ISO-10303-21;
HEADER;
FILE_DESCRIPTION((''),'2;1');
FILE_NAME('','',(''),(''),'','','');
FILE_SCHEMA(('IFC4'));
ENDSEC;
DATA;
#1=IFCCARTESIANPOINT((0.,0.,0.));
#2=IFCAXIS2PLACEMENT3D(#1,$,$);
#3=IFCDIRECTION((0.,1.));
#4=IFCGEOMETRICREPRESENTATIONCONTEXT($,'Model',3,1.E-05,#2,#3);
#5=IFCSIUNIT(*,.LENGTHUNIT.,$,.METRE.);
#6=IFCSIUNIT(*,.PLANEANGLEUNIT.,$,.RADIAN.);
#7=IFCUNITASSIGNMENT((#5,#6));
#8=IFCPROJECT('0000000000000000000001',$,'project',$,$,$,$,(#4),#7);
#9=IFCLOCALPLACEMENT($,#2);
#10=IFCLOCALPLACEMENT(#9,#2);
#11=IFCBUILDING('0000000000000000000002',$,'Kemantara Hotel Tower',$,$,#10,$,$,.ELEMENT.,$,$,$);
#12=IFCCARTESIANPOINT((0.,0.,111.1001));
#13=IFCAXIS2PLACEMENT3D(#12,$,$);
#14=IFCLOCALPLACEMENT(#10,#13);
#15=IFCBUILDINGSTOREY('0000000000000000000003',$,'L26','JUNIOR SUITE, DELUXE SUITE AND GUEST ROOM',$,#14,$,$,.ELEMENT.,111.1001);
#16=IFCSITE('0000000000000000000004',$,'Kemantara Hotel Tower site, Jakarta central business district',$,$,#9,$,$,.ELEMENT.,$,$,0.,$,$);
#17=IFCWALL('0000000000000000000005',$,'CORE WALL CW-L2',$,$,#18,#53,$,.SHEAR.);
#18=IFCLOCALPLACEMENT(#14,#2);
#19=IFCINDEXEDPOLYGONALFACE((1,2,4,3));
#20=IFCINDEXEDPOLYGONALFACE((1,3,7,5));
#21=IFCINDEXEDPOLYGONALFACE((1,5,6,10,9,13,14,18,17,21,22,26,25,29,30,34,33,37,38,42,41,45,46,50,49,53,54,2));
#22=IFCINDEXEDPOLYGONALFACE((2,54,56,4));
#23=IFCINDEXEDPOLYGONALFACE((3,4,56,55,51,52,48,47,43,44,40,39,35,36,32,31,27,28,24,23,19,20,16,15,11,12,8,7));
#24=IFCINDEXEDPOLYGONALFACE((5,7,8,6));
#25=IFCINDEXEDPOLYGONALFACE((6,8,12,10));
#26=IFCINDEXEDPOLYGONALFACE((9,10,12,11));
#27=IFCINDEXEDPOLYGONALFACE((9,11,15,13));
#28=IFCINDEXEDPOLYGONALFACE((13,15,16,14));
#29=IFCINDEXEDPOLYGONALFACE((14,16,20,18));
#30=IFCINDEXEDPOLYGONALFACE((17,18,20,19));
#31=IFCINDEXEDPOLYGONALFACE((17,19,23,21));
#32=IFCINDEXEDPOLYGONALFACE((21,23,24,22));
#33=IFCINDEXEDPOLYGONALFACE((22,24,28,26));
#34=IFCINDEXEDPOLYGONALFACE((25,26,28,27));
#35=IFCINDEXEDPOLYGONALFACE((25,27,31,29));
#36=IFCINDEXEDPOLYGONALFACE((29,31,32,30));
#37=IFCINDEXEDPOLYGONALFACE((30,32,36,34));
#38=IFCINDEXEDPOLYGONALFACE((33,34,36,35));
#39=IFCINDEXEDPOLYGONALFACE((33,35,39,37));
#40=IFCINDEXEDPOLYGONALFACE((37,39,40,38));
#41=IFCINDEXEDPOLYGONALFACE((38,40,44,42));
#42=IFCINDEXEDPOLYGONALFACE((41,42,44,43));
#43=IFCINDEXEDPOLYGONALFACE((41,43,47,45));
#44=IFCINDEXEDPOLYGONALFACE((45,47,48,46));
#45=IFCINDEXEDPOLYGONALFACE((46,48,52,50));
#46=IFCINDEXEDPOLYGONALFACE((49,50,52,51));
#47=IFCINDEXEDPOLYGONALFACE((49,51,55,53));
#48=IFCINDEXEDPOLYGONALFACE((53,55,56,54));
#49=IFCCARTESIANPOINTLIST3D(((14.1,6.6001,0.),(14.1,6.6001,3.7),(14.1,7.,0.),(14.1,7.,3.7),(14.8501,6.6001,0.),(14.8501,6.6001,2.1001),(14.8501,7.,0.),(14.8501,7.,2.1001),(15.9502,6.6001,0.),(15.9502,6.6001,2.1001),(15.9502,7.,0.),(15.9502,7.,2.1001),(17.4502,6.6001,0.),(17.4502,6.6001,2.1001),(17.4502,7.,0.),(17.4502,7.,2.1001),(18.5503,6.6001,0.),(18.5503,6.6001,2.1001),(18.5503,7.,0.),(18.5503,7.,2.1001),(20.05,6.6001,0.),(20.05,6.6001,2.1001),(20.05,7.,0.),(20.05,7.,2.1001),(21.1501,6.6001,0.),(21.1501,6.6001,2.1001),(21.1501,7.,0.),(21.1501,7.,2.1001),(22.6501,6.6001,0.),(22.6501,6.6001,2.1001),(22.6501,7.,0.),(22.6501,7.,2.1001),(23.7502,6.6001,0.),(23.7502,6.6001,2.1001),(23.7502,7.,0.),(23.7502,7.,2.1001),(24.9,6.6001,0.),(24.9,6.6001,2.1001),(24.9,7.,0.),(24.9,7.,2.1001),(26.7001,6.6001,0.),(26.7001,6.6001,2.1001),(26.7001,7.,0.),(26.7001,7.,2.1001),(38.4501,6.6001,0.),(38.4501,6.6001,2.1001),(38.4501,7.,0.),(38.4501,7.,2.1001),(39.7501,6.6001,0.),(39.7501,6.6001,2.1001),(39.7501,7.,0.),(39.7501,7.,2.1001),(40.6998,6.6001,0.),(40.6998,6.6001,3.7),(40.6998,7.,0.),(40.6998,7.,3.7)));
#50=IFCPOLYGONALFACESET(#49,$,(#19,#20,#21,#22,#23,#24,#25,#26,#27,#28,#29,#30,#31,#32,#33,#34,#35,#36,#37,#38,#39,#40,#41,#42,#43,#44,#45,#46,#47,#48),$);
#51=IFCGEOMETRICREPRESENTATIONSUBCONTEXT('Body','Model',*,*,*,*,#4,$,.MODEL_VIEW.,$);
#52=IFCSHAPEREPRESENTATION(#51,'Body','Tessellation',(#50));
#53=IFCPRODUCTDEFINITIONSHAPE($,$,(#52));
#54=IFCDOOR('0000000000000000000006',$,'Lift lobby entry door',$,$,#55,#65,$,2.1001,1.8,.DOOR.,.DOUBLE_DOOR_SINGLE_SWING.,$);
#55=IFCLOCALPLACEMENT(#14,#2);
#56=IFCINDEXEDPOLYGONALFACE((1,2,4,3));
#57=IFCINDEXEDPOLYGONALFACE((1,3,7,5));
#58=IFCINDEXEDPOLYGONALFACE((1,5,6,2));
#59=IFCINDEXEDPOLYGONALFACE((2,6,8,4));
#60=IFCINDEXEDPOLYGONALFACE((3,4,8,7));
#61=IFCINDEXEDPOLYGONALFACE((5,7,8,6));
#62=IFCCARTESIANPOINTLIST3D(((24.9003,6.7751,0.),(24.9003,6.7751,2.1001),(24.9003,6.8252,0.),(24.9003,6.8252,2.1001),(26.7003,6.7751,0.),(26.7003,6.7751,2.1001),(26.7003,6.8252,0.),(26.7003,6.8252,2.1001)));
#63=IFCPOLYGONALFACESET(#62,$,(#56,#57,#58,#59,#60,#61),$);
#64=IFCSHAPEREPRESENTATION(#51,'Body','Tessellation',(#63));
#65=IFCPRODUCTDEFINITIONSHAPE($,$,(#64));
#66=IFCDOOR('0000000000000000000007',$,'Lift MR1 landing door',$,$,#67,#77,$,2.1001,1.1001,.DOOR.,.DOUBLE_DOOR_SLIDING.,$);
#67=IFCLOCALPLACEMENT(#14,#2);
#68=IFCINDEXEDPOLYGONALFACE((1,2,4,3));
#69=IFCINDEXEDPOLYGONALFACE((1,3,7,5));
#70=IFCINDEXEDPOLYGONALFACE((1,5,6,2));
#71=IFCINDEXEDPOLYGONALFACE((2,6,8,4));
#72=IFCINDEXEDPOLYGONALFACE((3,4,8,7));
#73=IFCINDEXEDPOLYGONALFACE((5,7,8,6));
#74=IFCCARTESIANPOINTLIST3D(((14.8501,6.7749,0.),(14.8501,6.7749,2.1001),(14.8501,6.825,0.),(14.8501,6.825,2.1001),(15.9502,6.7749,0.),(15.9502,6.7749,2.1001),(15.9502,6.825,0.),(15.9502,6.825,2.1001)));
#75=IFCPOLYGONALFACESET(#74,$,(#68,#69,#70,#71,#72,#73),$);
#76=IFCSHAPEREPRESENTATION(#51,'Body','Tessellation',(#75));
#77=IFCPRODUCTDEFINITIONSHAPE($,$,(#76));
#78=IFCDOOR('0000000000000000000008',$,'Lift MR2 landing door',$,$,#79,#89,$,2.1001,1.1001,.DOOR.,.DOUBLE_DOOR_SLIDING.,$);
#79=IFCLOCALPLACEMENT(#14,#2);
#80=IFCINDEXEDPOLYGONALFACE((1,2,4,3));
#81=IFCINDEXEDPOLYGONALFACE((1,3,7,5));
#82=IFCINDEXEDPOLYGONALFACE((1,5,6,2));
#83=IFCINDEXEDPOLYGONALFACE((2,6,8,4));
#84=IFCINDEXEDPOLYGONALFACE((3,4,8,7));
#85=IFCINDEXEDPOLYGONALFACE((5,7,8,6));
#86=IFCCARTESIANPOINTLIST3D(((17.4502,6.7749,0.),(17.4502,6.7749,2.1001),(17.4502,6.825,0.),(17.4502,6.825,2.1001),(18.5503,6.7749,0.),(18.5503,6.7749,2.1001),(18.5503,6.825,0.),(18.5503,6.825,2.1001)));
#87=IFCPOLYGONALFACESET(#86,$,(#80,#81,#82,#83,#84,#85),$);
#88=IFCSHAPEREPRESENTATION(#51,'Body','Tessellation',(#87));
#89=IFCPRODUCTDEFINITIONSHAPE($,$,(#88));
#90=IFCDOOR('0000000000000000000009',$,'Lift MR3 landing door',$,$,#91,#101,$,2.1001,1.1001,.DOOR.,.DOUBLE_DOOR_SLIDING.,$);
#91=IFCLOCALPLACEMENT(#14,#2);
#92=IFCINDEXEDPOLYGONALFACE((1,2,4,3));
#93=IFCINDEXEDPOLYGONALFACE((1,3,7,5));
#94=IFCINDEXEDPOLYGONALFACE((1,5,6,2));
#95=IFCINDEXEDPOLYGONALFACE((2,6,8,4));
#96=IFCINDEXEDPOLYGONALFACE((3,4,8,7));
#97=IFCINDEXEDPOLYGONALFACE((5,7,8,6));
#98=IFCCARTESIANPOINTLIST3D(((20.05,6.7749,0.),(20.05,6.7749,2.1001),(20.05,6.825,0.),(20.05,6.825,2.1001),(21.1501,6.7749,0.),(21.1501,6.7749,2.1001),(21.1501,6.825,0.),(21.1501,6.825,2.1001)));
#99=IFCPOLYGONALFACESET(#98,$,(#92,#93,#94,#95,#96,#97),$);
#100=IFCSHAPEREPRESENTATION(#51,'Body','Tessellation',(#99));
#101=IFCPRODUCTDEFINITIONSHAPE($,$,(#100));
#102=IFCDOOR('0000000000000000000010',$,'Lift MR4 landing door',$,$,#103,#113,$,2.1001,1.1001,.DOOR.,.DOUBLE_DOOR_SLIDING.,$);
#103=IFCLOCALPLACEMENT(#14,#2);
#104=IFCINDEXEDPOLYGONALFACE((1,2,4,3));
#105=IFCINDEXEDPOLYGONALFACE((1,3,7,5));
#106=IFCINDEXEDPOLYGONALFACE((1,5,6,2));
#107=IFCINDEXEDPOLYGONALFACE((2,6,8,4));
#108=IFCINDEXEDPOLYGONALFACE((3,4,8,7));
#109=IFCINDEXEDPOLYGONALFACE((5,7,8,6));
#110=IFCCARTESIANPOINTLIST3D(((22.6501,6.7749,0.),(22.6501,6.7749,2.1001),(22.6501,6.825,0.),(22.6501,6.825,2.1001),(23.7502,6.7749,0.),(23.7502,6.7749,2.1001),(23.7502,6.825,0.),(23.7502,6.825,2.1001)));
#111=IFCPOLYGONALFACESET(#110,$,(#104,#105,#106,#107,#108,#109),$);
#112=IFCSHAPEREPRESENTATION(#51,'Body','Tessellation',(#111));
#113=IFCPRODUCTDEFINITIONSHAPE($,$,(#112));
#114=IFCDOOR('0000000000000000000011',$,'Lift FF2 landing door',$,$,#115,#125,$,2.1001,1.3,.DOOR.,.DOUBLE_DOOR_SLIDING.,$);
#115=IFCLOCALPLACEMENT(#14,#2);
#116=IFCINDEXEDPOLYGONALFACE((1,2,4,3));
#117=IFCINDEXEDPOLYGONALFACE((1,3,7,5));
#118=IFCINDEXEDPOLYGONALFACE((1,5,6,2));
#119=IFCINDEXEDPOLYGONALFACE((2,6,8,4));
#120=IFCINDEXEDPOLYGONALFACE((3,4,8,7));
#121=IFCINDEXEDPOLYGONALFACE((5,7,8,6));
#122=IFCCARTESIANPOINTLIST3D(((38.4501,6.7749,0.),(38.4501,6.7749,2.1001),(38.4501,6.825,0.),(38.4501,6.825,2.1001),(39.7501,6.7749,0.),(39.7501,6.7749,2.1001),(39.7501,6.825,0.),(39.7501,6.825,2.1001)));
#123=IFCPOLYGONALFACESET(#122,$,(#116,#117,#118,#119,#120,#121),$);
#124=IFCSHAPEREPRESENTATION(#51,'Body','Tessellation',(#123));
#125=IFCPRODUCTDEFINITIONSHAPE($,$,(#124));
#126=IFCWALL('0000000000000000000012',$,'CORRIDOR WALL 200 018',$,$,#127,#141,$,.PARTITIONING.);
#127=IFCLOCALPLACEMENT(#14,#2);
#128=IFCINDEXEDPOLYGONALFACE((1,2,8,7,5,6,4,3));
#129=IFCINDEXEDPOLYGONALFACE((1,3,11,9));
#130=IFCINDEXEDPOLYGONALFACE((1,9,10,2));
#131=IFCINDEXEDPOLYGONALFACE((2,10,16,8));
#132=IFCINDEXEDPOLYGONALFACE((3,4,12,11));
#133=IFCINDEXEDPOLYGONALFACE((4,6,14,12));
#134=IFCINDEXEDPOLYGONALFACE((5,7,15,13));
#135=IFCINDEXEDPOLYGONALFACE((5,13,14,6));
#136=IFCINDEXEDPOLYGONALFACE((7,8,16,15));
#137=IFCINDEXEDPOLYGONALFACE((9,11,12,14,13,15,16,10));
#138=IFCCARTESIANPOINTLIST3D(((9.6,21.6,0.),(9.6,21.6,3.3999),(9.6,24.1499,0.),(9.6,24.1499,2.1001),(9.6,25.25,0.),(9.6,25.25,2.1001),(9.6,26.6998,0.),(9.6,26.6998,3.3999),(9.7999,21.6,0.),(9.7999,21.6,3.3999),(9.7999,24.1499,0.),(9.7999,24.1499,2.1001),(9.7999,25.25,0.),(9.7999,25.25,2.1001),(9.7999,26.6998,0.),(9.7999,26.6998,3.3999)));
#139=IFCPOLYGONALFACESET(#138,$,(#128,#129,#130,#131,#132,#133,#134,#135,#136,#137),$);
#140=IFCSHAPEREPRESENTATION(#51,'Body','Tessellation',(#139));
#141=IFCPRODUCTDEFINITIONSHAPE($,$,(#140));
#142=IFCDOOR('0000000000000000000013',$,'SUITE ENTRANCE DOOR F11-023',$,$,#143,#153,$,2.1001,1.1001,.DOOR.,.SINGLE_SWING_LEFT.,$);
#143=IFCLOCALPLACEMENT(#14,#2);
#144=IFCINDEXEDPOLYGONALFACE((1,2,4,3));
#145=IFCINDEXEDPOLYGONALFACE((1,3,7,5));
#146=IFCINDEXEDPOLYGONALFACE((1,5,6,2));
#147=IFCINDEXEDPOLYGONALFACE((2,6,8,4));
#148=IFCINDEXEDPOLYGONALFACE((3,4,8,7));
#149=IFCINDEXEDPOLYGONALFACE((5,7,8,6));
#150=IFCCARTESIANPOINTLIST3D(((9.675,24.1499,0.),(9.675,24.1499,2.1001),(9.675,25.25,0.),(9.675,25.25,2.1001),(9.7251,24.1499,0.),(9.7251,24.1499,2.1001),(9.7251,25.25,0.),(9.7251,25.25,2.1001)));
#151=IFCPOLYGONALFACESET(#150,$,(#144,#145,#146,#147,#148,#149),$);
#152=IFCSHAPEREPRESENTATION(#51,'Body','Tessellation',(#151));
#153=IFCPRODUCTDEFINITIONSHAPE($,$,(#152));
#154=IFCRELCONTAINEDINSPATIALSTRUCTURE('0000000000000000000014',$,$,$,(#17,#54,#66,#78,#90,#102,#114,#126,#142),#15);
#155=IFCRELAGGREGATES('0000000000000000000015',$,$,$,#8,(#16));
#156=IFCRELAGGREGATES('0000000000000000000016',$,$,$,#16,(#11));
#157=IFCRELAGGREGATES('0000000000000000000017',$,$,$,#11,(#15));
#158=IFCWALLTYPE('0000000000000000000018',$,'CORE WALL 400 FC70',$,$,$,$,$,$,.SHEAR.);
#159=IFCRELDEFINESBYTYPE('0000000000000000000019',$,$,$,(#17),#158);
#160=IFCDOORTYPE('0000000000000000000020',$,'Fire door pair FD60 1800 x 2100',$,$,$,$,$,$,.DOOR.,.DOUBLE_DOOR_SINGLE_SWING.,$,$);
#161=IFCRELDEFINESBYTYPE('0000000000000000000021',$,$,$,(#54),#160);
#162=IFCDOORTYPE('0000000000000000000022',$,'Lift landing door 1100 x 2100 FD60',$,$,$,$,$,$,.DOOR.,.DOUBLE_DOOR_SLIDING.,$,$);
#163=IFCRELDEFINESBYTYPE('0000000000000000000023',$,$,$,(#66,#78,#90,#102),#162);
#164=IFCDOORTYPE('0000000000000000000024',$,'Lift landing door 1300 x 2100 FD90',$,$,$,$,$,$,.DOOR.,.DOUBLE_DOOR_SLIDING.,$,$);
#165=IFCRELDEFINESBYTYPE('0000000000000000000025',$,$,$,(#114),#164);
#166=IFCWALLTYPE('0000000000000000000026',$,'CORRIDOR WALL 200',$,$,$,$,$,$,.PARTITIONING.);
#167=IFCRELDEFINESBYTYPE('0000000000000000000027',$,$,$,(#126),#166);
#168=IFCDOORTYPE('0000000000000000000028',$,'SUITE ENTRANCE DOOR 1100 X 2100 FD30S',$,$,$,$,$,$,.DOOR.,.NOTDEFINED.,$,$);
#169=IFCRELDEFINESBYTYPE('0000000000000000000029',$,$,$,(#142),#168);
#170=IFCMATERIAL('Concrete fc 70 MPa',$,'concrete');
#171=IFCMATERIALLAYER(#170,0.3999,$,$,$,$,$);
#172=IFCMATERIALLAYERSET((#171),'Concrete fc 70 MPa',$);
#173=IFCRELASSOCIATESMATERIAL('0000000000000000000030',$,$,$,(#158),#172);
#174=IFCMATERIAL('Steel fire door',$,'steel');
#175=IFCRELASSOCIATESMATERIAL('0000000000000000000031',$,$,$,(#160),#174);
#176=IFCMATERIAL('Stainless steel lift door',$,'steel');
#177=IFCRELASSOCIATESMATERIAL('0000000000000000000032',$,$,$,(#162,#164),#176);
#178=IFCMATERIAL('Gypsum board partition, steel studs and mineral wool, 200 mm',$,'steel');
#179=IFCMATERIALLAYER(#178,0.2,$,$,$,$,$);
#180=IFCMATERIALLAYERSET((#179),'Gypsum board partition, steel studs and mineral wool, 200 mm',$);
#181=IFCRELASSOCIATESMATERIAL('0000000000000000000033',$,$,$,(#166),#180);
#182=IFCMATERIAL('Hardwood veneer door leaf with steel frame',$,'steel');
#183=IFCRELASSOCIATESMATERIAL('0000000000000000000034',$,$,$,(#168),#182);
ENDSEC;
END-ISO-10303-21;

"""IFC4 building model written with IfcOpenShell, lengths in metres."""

from ifc_helpers import new_model, si_unit, direction, frame, frame_2d, origin, place, context, subcontext, project, spatial, rectangle, extrude, material, layer, layer_set, type_object, element, fill, save


model = new_model("IFC4")

# Units and contexts
model_context = context("Model", 3, precision=1e-05, world=origin(), true_north=direction((0.0, 1.0)))
body_context = subcontext(model_context, "Body", "Model", "MODEL_VIEW")
ifc_project = project(units=[si_unit("LENGTHUNIT", "METRE"), si_unit("PLANEANGLEUNIT", "RADIAN")], contexts=[model_context])

# Site, building, storey
site_placement = place(None, origin())
site = spatial("IfcSite", under=ifc_project, at=site_placement, Name="Kemantara Hotel Tower site, Jakarta central business district", CompositionType="ELEMENT", RefElevation=0.0)
building_placement = place(site_placement, origin())
building = spatial("IfcBuilding", under=site, at=building_placement, Name="Kemantara Hotel Tower", CompositionType="ELEMENT")
storey_placement = place(building_placement, frame((0.0, 0.0, 111.1001)))
storey = spatial("IfcBuildingStorey", under=building, at=storey_placement, Name="L26", Description="JUNIOR SUITE, DELUXE SUITE AND GUEST ROOM", CompositionType="ELEMENT", Elevation=111.1001)

# Shared definitions
ifc_material_1 = material(Name="Concrete fc 70 MPa", Category="concrete")

# Shared definitions
ifc_layer_1 = layer(ifc_material_1, 0.3999)
ifc_layer_set_1 = layer_set([ifc_layer_1], Name="Concrete fc 70 MPa")
wall_type_1 = type_object("IfcWallType", Name="CORE WALL 400 FC70", PredefinedType="SHEAR", material=ifc_layer_set_1)
ifc_material_2 = material(Name="Steel fire door", Category="steel")

# Wall, openings, doors
wall_1_placement = place(storey_placement, frame((14.1001, 6.8, 0.0), z_axis=(0.0, 0.0, 1.0), x_axis=(1.0, 0.0, 0.0)))
wall_1 = element("IfcWall", 1, at=wall_1_placement, inside=storey, type_object=wall_type_1, Name="CORE WALL CW-L2", PredefinedType="SHEAR", context=body_context, shape_type="SweptSolid", body=[
    extrude(rectangle(XDim=26.5999, YDim=0.3999, at=frame_2d((13.2998, 0.0))), origin(), (0.0, 0.0, 1.0), 3.7),
])
opening_1_placement = place(wall_1_placement, frame((10.8, 0.0, 0.0)))
opening_1 = element("IfcOpeningElement", 2, at=opening_1_placement, cuts=wall_1, PredefinedType="OPENING", context=body_context, shape_type="SweptSolid", body=[
    extrude(rectangle(XDim=1.8, YDim=2.1001, at=frame_2d((0.8999, 1.05))), frame((0.0, 0.21, 0.0), z_axis=(0.0, -1.0, 0.0), x_axis=(1.0, 0.0, 0.0)), (0.0, 0.0, 1.0), 0.4199),
])
opening_2_placement = place(wall_1_placement, frame((0.75, 0.0, 0.0)))
opening_2 = element("IfcOpeningElement", 3, at=opening_2_placement, cuts=wall_1, PredefinedType="OPENING", context=body_context, shape_type="SweptSolid", body=[
    extrude(rectangle(XDim=1.1001, YDim=2.1001, at=frame_2d((0.55, 1.05))), frame((0.0, 0.21, 0.0), z_axis=(0.0, -1.0, 0.0), x_axis=(1.0, 0.0, 0.0)), (0.0, 0.0, 1.0), 0.4199),
])
opening_3_placement = place(wall_1_placement, frame((3.3501, 0.0, 0.0)))
opening_3 = element("IfcOpeningElement", 4, at=opening_3_placement, cuts=wall_1, PredefinedType="OPENING", context=body_context, shape_type="SweptSolid", body=[
    extrude(rectangle(XDim=1.1001, YDim=2.1001, at=frame_2d((0.55, 1.05))), frame((0.0, 0.21, 0.0), z_axis=(0.0, -1.0, 0.0), x_axis=(1.0, 0.0, 0.0)), (0.0, 0.0, 1.0), 0.4199),
])
opening_4_placement = place(wall_1_placement, frame((5.95, 0.0, 0.0)))
opening_4 = element("IfcOpeningElement", 5, at=opening_4_placement, cuts=wall_1, PredefinedType="OPENING", context=body_context, shape_type="SweptSolid", body=[
    extrude(rectangle(XDim=1.1001, YDim=2.1001, at=frame_2d((0.55, 1.05))), frame((0.0, 0.21, 0.0), z_axis=(0.0, -1.0, 0.0), x_axis=(1.0, 0.0, 0.0)), (0.0, 0.0, 1.0), 0.4199),
])
opening_5_placement = place(wall_1_placement, frame((8.55, 0.0, 0.0)))
opening_5 = element("IfcOpeningElement", 6, at=opening_5_placement, cuts=wall_1, PredefinedType="OPENING", context=body_context, shape_type="SweptSolid", body=[
    extrude(rectangle(XDim=1.1001, YDim=2.1001, at=frame_2d((0.55, 1.05))), frame((0.0, 0.21, 0.0), z_axis=(0.0, -1.0, 0.0), x_axis=(1.0, 0.0, 0.0)), (0.0, 0.0, 1.0), 0.4199),
])
opening_6_placement = place(wall_1_placement, frame((24.3501, 0.0, 0.0)))
opening_6 = element("IfcOpeningElement", 7, at=opening_6_placement, cuts=wall_1, PredefinedType="OPENING", context=body_context, shape_type="SweptSolid", body=[
    extrude(rectangle(XDim=1.3, YDim=2.1001, at=frame_2d((0.6499, 1.05))), frame((0.0, 0.21, 0.0), z_axis=(0.0, -1.0, 0.0), x_axis=(1.0, 0.0, 0.0)), (0.0, 0.0, 1.0), 0.4199),
])
door_type_1 = type_object("IfcDoorType", Name="Fire door pair FD60 1800 x 2100", OperationType="DOUBLE_DOOR_SINGLE_SWING", PredefinedType="DOOR", material=ifc_material_2)
door_1_placement = place(opening_1_placement, frame((1.8, 0.0, 0.0), z_axis=(0.0, 0.0, 1.0), x_axis=(-1.0, 0.0, 0.0)))
door_1 = element("IfcDoor", 8, at=door_1_placement, inside=storey, type_object=door_type_1, Name="Lift lobby entry door", OperationType="DOUBLE_DOOR_SINGLE_SWING", OverallHeight=2.1001, OverallWidth=1.8, PredefinedType="DOOR", context=body_context, shape_type="SweptSolid", body=[
    extrude(rectangle(XDim=1.8, YDim=2.1001, at=frame_2d((0.8999, 1.05))), frame((0.0, 0.0249, 0.0), z_axis=(0.0, -1.0, 0.0), x_axis=(1.0, 0.0, 0.0)), (0.0, 0.0, 1.0), 0.05),
])
fill(opening_1, door_1)
ifc_material_3 = material(Name="Stainless steel lift door", Category="steel")
door_type_2 = type_object("IfcDoorType", Name="Lift landing door 1100 x 2100 FD60", OperationType="DOUBLE_DOOR_SLIDING", PredefinedType="DOOR", material=ifc_material_3)
door_2_placement = place(opening_2_placement, origin())
door_2 = element("IfcDoor", 9, at=door_2_placement, inside=storey, type_object=door_type_2, Name="Lift MR1 landing door", OperationType="DOUBLE_DOOR_SLIDING", OverallHeight=2.1001, OverallWidth=1.1001, PredefinedType="DOOR", context=body_context, shape_type="SweptSolid", body=[
    extrude(rectangle(XDim=1.1001, YDim=2.1001, at=frame_2d((0.55, 1.05))), frame((0.0, 0.0249, 0.0), z_axis=(0.0, -1.0, 0.0), x_axis=(1.0, 0.0, 0.0)), (0.0, 0.0, 1.0), 0.05),
])
fill(opening_2, door_2)
door_3_placement = place(opening_3_placement, origin())
door_3 = element("IfcDoor", 10, at=door_3_placement, inside=storey, type_object=door_type_2, Name="Lift MR2 landing door", OperationType="DOUBLE_DOOR_SLIDING", OverallHeight=2.1001, OverallWidth=1.1001, PredefinedType="DOOR", context=body_context, shape_type="SweptSolid", body=[
    extrude(rectangle(XDim=1.1001, YDim=2.1001, at=frame_2d((0.55, 1.05))), frame((0.0, 0.0249, 0.0), z_axis=(0.0, -1.0, 0.0), x_axis=(1.0, 0.0, 0.0)), (0.0, 0.0, 1.0), 0.05),
])
fill(opening_3, door_3)
door_4_placement = place(opening_4_placement, origin())
door_4 = element("IfcDoor", 11, at=door_4_placement, inside=storey, type_object=door_type_2, Name="Lift MR3 landing door", OperationType="DOUBLE_DOOR_SLIDING", OverallHeight=2.1001, OverallWidth=1.1001, PredefinedType="DOOR", context=body_context, shape_type="SweptSolid", body=[
    extrude(rectangle(XDim=1.1001, YDim=2.1001, at=frame_2d((0.55, 1.05))), frame((0.0, 0.0249, 0.0), z_axis=(0.0, -1.0, 0.0), x_axis=(1.0, 0.0, 0.0)), (0.0, 0.0, 1.0), 0.05),
])
fill(opening_4, door_4)
door_5_placement = place(opening_5_placement, origin())
door_5 = element("IfcDoor", 12, at=door_5_placement, inside=storey, type_object=door_type_2, Name="Lift MR4 landing door", OperationType="DOUBLE_DOOR_SLIDING", OverallHeight=2.1001, OverallWidth=1.1001, PredefinedType="DOOR", context=body_context, shape_type="SweptSolid", body=[
    extrude(rectangle(XDim=1.1001, YDim=2.1001, at=frame_2d((0.55, 1.05))), frame((0.0, 0.0249, 0.0), z_axis=(0.0, -1.0, 0.0), x_axis=(1.0, 0.0, 0.0)), (0.0, 0.0, 1.0), 0.05),
])
fill(opening_5, door_5)
door_type_3 = type_object("IfcDoorType", Name="Lift landing door 1300 x 2100 FD90", OperationType="DOUBLE_DOOR_SLIDING", PredefinedType="DOOR", material=ifc_material_3)
door_6_placement = place(opening_6_placement, origin())
door_6 = element("IfcDoor", 13, at=door_6_placement, inside=storey, type_object=door_type_3, Name="Lift FF2 landing door", OperationType="DOUBLE_DOOR_SLIDING", OverallHeight=2.1001, OverallWidth=1.3, PredefinedType="DOOR", context=body_context, shape_type="SweptSolid", body=[
    extrude(rectangle(XDim=1.3, YDim=2.1001, at=frame_2d((0.6499, 1.05))), frame((0.0, 0.0249, 0.0), z_axis=(0.0, -1.0, 0.0), x_axis=(1.0, 0.0, 0.0)), (0.0, 0.0, 1.0), 0.05),
])
fill(opening_6, door_6)

# Wall, opening, door
ifc_material_4 = material(Name="Gypsum board partition, steel studs and mineral wool, 200 mm", Category="steel")
ifc_layer_2 = layer(ifc_material_4, 0.2)
ifc_layer_set_2 = layer_set([ifc_layer_2], Name="Gypsum board partition, steel studs and mineral wool, 200 mm")
wall_type_2 = type_object("IfcWallType", Name="CORRIDOR WALL 200", PredefinedType="PARTITIONING", material=ifc_layer_set_2)
wall_2_placement = place(storey_placement, frame((9.7, 21.6001, 0.0), z_axis=(0.0, 0.0, 1.0), x_axis=(0.0, 1.0, 0.0)))
wall_2 = element("IfcWall", 14, at=wall_2_placement, inside=storey, type_object=wall_type_2, Name="CORRIDOR WALL 200 018", PredefinedType="PARTITIONING", context=body_context, shape_type="SweptSolid", body=[
    extrude(rectangle(XDim=5.0999, YDim=0.2, at=frame_2d((2.5498, 0.0))), origin(), (0.0, 0.0, 1.0), 3.3999),
])
opening_7_placement = place(wall_2_placement, frame((2.5498, 0.0, 0.0)))
opening_7 = element("IfcOpeningElement", 15, at=opening_7_placement, cuts=wall_2, PredefinedType="OPENING", context=body_context, shape_type="SweptSolid", body=[
    extrude(rectangle(XDim=1.1001, YDim=2.1001, at=frame_2d((0.55, 1.05))), frame((0.0, 0.1099, 0.0), z_axis=(0.0, -1.0, 0.0), x_axis=(1.0, 0.0, 0.0)), (0.0, 0.0, 1.0), 0.22),
])
ifc_material_5 = material(Name="Hardwood veneer door leaf with steel frame", Category="steel")
door_type_4 = type_object("IfcDoorType", Name="SUITE ENTRANCE DOOR 1100 X 2100 FD30S", OperationType="NOTDEFINED", PredefinedType="DOOR", material=ifc_material_5)
door_7_placement = place(opening_7_placement, origin())
door_7 = element("IfcDoor", 16, at=door_7_placement, inside=storey, type_object=door_type_4, Name="SUITE ENTRANCE DOOR F11-023", OperationType="SINGLE_SWING_LEFT", OverallHeight=2.1001, OverallWidth=1.1001, PredefinedType="DOOR", context=body_context, shape_type="SweptSolid", body=[
    extrude(rectangle(XDim=1.1001, YDim=2.1001, at=frame_2d((0.55, 1.05))), frame((0.0, 0.0249, 0.0), z_axis=(0.0, -1.0, 0.0), x_axis=(1.0, 0.0, 0.0)), (0.0, 0.0, 1.0), 0.05),
])
fill(opening_7, door_7)

save(model, "model.ifc")
